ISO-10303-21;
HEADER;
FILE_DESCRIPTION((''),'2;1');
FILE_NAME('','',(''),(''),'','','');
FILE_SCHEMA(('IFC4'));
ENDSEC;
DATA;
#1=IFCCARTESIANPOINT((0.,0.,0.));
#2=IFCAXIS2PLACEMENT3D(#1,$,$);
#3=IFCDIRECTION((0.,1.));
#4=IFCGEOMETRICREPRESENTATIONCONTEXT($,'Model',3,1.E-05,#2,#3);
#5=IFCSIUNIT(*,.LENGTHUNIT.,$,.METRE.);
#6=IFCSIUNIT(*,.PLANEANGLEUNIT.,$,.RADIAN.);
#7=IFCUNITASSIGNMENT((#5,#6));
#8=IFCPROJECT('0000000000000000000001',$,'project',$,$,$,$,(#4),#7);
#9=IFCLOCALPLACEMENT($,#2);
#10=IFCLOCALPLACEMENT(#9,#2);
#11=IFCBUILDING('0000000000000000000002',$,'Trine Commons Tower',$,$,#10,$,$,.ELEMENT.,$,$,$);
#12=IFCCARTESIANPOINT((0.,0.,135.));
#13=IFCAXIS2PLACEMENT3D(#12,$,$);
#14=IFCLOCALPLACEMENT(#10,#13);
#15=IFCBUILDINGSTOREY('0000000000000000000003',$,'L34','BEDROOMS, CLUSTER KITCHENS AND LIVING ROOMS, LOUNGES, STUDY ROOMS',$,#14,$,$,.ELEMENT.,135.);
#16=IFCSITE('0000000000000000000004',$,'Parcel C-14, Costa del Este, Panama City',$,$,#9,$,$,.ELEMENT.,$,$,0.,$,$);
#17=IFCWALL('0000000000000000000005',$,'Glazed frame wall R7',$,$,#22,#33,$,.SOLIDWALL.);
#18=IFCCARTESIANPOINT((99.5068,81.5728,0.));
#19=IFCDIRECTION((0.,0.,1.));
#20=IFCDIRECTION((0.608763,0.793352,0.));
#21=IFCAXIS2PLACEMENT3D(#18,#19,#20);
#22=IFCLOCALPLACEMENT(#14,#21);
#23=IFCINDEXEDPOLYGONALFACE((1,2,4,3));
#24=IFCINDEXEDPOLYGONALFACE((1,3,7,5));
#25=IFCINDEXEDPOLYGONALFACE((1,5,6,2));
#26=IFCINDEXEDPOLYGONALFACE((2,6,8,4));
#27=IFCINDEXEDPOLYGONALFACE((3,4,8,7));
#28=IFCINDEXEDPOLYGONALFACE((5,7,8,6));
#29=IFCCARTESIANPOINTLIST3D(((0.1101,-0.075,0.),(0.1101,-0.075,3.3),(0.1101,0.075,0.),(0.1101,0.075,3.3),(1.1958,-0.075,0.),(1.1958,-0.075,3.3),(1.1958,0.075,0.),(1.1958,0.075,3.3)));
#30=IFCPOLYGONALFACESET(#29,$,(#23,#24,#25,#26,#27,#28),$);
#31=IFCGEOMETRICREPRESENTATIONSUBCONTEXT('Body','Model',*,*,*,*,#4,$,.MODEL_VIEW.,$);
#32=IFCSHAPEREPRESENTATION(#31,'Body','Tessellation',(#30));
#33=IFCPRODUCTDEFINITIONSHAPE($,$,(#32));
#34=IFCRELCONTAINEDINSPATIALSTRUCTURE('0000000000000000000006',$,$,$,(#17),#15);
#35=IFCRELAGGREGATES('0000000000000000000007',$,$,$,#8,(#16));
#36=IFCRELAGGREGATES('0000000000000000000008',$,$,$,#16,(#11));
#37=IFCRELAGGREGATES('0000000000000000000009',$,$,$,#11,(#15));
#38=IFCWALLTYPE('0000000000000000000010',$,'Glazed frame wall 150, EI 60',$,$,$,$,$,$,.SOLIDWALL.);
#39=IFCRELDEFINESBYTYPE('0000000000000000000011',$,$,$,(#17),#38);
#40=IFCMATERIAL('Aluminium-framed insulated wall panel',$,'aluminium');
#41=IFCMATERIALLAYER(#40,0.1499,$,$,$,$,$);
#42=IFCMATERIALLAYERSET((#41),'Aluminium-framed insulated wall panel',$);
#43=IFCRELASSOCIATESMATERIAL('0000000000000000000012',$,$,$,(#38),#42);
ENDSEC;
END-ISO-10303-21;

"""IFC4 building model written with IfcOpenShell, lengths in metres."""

from ifc_helpers import new_model, si_unit, direction, frame, origin, place, context, subcontext, project, spatial, polyline, outline, extrude, material, layer, layer_set, type_object, element, save


model = new_model("IFC4")

# Units and contexts
model_context = context("Model", 3, precision=1e-05, world=origin(), true_north=direction((0.0, 1.0)))
body_context = subcontext(model_context, "Body", "Model", "MODEL_VIEW")
ifc_project = project(units=[si_unit("LENGTHUNIT", "METRE"), si_unit("PLANEANGLEUNIT", "RADIAN")], contexts=[model_context])

# Site, building, storey
site_placement = place(None, origin())
site = spatial("IfcSite", under=ifc_project, at=site_placement, Name="Parcel C-14, Costa del Este, Panama City", CompositionType="ELEMENT", RefElevation=0.0)
building_placement = place(site_placement, origin())
building = spatial("IfcBuilding", under=site, at=building_placement, Name="Trine Commons Tower", CompositionType="ELEMENT")
storey_placement = place(building_placement, frame((0.0, 0.0, 135.0)))
storey = spatial("IfcBuildingStorey", under=building, at=storey_placement, Name="L34", Description="BEDROOMS, CLUSTER KITCHENS AND LIVING ROOMS, LOUNGES, STUDY ROOMS", CompositionType="ELEMENT", Elevation=135.0)

# Shared definitions
ifc_material_1 = material(Name="Aluminium-framed insulated wall panel", Category="aluminium")
ifc_layer_1 = layer(ifc_material_1, 0.1499)
ifc_layer_set_1 = layer_set([ifc_layer_1], Name="Aluminium-framed insulated wall panel")
wall_type_1 = type_object("IfcWallType", Name="Glazed frame wall 150, EI 60", PredefinedType="SOLIDWALL", material=ifc_layer_set_1)

# Wall
wall_1_placement = place(storey_placement, frame((99.5068, 81.5728, 0.0), z_axis=(0.0, 0.0, 1.0), x_axis=(0.608763, 0.793352, 0.0)))
element("IfcWall", 1, at=wall_1_placement, inside=storey, type_object=wall_type_1, Name="Glazed frame wall R7", PredefinedType="SOLIDWALL", context=body_context, shape_type="SweptSolid", body=[
    extrude(outline(polyline([(0.1101, 0.075), (0.1101, -0.075), (1.1958, -0.075), (1.1958, 0.075), (0.1101, 0.075)])), origin(), (0.0, 0.0, 1.0), 3.3),
])

save(model, "model.ifc")
